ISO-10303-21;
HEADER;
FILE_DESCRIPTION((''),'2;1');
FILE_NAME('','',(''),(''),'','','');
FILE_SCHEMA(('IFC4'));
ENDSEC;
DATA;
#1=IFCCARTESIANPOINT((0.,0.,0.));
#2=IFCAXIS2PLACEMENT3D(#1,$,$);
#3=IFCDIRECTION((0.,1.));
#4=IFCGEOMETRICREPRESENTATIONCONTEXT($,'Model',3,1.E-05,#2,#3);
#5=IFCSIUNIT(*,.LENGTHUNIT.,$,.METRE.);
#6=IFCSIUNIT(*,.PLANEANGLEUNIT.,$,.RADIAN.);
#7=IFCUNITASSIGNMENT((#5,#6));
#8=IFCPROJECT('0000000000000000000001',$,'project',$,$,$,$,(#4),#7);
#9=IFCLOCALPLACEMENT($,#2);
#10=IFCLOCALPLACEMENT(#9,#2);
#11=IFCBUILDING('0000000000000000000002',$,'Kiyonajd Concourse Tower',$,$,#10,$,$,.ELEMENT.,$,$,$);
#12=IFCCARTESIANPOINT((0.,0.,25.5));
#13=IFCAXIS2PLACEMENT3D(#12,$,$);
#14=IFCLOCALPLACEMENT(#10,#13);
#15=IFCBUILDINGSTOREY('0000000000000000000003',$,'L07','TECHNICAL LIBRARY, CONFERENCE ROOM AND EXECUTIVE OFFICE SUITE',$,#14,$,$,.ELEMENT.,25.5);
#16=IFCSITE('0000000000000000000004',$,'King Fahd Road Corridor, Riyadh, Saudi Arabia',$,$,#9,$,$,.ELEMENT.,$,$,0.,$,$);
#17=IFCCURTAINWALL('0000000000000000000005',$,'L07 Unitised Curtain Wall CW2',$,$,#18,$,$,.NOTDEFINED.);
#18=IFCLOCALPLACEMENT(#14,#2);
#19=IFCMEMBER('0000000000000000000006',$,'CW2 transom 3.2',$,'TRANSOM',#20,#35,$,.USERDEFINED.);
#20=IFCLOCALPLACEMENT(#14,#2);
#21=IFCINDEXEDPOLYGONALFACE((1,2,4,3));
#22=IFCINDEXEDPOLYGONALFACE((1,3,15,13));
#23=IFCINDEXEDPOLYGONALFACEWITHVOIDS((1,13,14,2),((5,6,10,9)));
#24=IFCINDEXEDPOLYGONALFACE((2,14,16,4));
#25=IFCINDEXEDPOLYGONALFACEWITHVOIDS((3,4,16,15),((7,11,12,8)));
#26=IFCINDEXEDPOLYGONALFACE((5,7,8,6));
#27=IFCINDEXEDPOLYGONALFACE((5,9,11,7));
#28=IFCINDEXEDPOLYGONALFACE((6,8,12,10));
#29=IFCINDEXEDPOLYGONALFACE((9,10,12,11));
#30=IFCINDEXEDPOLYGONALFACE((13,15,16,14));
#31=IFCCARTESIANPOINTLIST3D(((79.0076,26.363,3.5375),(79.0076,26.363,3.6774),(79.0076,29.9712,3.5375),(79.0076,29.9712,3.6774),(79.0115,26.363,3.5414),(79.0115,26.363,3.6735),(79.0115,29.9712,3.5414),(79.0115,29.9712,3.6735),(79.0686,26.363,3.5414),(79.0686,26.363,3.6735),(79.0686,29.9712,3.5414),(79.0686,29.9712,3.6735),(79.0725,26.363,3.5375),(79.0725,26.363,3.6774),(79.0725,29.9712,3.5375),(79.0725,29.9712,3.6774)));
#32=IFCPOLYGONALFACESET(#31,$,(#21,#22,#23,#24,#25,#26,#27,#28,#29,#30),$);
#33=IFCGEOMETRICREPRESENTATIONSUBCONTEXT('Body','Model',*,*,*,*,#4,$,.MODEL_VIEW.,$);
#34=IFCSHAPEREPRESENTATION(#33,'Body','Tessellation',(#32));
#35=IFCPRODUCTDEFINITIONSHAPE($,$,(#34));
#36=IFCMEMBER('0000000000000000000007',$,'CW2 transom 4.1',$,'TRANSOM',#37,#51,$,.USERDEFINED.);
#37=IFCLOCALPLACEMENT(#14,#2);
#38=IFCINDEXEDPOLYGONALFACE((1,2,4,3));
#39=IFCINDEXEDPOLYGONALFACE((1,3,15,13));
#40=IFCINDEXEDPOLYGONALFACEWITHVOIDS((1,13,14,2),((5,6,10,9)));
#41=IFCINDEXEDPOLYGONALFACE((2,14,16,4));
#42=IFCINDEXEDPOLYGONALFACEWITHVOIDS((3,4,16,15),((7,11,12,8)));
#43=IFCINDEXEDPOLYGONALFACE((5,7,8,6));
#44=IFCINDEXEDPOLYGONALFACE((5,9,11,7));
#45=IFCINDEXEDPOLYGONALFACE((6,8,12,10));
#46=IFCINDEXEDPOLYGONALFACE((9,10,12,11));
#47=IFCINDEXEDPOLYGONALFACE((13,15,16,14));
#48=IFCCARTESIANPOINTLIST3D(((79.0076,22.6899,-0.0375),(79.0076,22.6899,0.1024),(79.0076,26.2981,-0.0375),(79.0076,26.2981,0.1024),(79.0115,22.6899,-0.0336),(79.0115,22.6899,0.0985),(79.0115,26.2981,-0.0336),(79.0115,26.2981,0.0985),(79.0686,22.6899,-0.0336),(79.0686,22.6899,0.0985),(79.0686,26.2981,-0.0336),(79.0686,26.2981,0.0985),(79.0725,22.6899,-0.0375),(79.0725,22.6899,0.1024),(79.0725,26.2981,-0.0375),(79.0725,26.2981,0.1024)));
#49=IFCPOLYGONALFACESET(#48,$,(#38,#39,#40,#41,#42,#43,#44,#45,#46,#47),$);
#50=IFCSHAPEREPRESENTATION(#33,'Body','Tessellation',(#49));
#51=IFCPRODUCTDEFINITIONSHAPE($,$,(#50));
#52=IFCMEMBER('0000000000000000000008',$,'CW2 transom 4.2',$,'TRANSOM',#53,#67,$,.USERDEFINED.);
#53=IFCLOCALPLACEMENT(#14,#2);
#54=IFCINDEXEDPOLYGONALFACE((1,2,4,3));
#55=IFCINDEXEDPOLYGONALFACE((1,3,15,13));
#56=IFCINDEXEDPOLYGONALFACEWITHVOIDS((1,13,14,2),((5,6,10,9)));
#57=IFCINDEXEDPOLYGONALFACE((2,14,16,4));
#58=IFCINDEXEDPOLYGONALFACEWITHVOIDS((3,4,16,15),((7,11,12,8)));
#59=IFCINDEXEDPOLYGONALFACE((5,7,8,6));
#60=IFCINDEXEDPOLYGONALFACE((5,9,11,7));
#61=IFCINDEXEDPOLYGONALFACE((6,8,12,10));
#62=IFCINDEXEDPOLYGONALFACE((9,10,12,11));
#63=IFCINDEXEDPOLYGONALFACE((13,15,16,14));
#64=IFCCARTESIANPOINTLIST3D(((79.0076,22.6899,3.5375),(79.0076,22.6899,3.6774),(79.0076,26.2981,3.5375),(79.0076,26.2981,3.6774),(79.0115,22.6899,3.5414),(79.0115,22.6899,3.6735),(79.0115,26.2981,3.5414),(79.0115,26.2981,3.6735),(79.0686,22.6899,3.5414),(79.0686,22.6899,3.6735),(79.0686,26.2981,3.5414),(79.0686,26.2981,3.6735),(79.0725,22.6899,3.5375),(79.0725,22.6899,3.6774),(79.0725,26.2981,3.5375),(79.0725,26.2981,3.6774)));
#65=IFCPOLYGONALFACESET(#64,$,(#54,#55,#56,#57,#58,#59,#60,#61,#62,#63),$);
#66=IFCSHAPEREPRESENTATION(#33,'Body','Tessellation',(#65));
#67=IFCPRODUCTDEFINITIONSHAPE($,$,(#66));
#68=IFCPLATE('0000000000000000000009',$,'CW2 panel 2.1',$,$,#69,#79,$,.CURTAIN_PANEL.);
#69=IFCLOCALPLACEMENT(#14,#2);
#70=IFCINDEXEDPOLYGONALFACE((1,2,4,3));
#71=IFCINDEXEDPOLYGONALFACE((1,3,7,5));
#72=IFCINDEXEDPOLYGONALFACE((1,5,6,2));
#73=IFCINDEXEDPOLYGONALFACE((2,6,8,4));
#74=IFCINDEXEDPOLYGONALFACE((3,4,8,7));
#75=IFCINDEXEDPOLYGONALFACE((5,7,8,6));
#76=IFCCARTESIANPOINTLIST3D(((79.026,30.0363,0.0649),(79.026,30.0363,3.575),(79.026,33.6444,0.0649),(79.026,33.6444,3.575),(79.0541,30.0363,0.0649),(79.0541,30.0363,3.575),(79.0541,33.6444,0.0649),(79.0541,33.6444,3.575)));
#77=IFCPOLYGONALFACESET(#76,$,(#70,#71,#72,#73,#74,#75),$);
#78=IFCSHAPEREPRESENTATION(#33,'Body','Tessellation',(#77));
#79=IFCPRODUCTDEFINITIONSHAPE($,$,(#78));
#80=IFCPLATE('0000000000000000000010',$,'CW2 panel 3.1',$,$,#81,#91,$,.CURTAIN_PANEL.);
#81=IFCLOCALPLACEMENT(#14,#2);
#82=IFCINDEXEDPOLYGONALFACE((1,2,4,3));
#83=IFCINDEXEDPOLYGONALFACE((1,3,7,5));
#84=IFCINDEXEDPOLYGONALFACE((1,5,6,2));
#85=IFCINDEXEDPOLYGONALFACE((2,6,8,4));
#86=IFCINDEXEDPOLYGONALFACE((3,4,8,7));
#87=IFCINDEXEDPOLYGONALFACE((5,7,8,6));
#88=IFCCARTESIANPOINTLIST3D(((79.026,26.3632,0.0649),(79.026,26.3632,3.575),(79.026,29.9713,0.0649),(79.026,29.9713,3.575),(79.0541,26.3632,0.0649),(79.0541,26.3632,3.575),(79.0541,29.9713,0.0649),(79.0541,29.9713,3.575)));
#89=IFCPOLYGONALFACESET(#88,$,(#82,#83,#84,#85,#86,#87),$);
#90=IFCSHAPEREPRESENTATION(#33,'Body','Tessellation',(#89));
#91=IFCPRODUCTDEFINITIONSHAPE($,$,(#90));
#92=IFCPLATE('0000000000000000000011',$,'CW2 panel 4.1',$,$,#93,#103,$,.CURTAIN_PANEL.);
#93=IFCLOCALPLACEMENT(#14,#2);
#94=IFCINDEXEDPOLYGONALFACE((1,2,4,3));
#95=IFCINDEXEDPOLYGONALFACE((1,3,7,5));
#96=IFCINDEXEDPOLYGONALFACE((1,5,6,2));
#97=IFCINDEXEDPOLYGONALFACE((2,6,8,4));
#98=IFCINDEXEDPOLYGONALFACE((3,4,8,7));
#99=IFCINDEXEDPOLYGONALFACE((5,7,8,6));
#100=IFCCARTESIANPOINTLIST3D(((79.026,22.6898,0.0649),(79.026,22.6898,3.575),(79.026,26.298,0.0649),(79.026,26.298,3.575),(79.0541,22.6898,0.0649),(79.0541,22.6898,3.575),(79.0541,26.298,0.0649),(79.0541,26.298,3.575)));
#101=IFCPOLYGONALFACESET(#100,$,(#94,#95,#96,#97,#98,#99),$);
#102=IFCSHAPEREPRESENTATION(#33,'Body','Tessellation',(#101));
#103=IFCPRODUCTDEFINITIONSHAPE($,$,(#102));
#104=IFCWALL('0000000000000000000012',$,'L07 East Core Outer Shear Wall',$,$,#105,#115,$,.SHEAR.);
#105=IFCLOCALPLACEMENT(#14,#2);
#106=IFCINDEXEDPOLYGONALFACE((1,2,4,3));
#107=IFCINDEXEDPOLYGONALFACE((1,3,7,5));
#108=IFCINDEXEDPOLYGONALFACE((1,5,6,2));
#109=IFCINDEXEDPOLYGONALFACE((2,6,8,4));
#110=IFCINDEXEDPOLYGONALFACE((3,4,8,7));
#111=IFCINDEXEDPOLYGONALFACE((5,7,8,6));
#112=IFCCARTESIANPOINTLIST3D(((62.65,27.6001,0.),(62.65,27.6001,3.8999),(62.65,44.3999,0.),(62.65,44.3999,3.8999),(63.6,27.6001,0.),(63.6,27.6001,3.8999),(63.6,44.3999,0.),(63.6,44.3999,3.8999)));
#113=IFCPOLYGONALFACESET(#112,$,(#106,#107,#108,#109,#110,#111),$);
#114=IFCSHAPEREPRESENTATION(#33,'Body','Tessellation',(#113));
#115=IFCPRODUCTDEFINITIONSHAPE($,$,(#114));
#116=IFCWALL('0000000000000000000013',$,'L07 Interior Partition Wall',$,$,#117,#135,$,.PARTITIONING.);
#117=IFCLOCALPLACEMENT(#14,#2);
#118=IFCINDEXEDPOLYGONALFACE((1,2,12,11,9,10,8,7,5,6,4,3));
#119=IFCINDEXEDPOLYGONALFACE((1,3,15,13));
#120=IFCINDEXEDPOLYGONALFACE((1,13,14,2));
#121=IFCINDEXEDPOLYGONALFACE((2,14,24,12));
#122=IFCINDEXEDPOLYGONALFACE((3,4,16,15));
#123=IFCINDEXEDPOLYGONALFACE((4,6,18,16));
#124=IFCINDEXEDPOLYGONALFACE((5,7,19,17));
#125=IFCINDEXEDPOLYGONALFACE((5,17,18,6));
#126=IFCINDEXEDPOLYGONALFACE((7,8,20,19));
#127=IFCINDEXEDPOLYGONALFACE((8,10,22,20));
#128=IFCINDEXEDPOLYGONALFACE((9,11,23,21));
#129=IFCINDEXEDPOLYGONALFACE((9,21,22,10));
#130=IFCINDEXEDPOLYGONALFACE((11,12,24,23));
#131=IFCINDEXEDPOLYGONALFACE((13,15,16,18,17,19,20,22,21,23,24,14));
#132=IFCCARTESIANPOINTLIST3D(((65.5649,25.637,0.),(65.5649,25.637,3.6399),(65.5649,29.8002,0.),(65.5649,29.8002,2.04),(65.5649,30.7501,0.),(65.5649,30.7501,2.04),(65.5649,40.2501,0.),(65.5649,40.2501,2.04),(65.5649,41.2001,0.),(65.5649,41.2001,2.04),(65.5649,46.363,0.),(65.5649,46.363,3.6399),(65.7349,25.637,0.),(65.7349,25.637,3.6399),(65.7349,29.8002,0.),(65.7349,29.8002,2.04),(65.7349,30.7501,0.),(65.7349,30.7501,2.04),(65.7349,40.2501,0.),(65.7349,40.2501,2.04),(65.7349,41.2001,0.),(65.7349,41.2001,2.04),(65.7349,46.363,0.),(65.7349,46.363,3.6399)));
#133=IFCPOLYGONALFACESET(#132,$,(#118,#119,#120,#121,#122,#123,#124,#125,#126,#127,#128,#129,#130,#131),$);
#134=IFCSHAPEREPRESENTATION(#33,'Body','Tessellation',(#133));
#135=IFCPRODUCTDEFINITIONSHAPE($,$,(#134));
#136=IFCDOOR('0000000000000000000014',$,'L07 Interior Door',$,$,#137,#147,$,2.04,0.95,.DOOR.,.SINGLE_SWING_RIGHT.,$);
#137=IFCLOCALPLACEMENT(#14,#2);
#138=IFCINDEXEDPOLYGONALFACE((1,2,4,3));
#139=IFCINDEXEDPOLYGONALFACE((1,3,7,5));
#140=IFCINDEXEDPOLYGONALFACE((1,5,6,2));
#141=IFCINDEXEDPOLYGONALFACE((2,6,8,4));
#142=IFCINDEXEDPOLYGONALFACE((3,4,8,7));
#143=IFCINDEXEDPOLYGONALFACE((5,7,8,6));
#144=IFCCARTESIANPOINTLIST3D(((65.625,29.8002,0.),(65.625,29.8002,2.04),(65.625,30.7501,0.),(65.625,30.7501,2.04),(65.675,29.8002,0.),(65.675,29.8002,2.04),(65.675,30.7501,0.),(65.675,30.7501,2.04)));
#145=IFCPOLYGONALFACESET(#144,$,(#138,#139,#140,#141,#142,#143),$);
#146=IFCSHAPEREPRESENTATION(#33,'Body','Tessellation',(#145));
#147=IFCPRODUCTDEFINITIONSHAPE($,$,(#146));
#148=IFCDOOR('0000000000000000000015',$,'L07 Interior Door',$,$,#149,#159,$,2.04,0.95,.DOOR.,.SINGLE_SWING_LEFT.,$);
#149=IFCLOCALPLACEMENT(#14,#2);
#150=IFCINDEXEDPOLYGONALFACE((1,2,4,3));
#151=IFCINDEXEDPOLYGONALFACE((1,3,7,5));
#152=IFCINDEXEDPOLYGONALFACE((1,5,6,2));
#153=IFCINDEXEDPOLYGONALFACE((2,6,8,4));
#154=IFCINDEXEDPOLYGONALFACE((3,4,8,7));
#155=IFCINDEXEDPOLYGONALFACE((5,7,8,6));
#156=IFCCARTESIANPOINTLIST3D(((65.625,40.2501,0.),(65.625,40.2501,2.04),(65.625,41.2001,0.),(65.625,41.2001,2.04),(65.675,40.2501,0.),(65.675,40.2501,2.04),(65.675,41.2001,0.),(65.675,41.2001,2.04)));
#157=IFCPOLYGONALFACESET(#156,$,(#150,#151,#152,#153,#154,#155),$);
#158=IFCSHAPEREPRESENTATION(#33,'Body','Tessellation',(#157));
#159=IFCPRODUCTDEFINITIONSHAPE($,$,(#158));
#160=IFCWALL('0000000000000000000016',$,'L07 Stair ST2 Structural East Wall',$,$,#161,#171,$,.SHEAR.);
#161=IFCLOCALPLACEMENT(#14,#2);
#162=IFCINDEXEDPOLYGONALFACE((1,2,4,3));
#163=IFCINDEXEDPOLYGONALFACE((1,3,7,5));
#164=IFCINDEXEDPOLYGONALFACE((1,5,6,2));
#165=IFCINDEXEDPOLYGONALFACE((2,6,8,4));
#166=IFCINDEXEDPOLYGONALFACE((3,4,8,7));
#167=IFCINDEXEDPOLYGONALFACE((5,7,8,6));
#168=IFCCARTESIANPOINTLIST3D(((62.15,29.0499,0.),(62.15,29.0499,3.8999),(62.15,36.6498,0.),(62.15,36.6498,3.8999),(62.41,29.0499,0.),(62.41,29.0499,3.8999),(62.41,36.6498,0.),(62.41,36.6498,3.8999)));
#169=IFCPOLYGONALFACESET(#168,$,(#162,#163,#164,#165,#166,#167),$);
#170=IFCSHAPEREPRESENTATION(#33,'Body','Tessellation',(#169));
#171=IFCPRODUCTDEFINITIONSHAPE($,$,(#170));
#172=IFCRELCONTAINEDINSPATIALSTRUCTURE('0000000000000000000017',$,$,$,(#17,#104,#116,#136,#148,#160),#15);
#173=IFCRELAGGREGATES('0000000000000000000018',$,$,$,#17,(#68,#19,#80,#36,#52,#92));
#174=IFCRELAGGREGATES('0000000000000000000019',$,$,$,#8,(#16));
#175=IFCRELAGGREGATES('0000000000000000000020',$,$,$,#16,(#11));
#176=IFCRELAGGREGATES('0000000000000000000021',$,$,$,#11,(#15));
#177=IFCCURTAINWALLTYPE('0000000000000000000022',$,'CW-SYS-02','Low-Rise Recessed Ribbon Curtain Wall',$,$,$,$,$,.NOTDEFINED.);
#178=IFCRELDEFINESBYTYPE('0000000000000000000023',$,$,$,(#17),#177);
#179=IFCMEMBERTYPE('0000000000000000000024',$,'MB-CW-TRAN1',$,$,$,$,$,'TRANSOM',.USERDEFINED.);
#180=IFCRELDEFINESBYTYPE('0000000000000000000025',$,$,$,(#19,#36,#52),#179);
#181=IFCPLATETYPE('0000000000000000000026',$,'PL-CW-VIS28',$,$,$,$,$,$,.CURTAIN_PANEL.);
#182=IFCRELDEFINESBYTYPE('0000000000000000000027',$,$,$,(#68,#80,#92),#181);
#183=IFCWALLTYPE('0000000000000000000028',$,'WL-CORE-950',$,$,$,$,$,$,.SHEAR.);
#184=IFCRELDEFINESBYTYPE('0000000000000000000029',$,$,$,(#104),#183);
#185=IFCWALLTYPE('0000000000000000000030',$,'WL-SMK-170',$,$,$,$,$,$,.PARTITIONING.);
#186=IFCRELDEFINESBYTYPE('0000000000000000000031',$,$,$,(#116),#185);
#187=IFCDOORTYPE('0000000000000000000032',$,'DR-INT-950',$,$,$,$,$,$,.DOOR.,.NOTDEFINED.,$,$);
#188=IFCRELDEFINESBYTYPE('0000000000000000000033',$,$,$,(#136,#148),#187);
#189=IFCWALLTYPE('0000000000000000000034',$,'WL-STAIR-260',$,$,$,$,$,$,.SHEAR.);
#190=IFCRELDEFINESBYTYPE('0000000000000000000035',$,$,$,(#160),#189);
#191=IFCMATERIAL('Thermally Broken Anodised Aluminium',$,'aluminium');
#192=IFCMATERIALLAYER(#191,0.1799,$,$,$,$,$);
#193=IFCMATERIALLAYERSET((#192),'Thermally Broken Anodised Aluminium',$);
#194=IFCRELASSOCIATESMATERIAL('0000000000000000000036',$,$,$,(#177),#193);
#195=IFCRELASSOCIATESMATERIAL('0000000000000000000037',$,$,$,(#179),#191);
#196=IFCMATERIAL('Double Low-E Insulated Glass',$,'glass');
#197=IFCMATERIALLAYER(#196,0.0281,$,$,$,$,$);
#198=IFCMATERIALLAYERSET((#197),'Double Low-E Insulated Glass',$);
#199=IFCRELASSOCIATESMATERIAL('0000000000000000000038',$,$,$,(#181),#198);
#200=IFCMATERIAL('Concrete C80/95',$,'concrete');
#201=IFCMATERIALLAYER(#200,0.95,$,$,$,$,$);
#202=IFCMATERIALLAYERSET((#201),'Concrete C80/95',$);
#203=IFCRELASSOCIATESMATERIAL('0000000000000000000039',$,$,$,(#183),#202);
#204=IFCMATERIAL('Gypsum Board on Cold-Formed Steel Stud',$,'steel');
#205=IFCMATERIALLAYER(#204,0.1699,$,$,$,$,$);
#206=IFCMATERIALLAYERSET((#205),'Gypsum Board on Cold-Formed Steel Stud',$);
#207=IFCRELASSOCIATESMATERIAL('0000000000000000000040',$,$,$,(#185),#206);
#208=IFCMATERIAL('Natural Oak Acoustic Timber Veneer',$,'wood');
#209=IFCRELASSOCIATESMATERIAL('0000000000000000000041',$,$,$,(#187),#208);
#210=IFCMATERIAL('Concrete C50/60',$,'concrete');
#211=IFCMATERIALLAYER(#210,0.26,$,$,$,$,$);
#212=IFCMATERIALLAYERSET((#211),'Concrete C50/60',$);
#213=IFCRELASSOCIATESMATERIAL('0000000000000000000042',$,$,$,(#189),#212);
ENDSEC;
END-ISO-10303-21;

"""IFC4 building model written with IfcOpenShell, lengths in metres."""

from ifc_helpers import new_model, si_unit, direction, frame, frame_2d, origin, origin_2d, place, context, subcontext, project, spatial, rectangle, hollow_rectangle, extrude, material, layer, layer_set, material_profile, profile_set, type_object, element, fill, aggregate, save


model = new_model("IFC4")

# Units and contexts
model_context = context("Model", 3, precision=1e-05, world=origin(), true_north=direction((0.0, 1.0)))
body_context = subcontext(model_context, "Body", "Model", "MODEL_VIEW")
ifc_project = project(units=[si_unit("LENGTHUNIT", "METRE"), si_unit("PLANEANGLEUNIT", "RADIAN")], contexts=[model_context])

# Site, building, storey
site_placement = place(None, origin())
site = spatial("IfcSite", under=ifc_project, at=site_placement, Name="King Fahd Road Corridor, Riyadh, Saudi Arabia", CompositionType="ELEMENT", RefElevation=0.0)
building_placement = place(site_placement, origin())
building = spatial("IfcBuilding", under=site, at=building_placement, Name="Kiyonajd Concourse Tower", CompositionType="ELEMENT")
storey_placement = place(building_placement, frame((0.0, 0.0, 25.5)))
storey = spatial("IfcBuildingStorey", under=building, at=storey_placement, Name="L07", Description="TECHNICAL LIBRARY, CONFERENCE ROOM AND EXECUTIVE OFFICE SUITE", CompositionType="ELEMENT", Elevation=25.5)

# Shared definitions
ifc_material_1 = material(Name="Concrete C80/95", Category="concrete")

# Curtain wall, members, plates
ifc_material_2 = material(Name="Thermally Broken Anodised Aluminium", Category="aluminium")
ifc_layer_1 = layer(ifc_material_2, 0.1799)
ifc_layer_set_1 = layer_set([ifc_layer_1], Name="Thermally Broken Anodised Aluminium")
curtain_wall_type = type_object("IfcCurtainWallType", Name="CW-SYS-02", Description="Low-Rise Recessed Ribbon Curtain Wall", PredefinedType="NOTDEFINED", material=ifc_layer_set_1)
curtain_wall_placement = place(storey_placement, origin())
curtain_wall = element("IfcCurtainWall", 1, at=curtain_wall_placement, inside=storey, type_object=curtain_wall_type, Name="L07 Unitised Curtain Wall CW2", PredefinedType="NOTDEFINED")
ifc_material_profile_1 = material_profile(ifc_material_2, hollow_rectangle(XDim=0.0649, YDim=0.1399, WallThickness=0.0039, at=origin_2d()), Name="TRAN-65x140")
ifc_profile_set_1 = profile_set([ifc_material_profile_1], Name="Thermally Broken Anodised Aluminium")
member_type_1 = type_object("IfcMemberType", Name="MB-CW-TRAN1", ElementType="TRANSOM", PredefinedType="USERDEFINED", material=ifc_profile_set_1)
member_1_placement = place(storey_placement, frame((79.04, 29.9712, 3.6074), z_axis=(0.0, -1.0, 0.0), x_axis=(1.0, 0.0, 0.0)))
member_1 = element("IfcMember", 2, at=member_1_placement, type_object=member_type_1, Name="CW2 transom 3.2", ObjectType="TRANSOM", PredefinedType="USERDEFINED", context=body_context, shape_type="SweptSolid", body=[
    extrude(hollow_rectangle(XDim=0.0649, YDim=0.1399, WallThickness=0.0039, at=origin_2d()), origin(), (0.0, 0.0, 1.0), 3.6082),
])
member_2_placement = place(storey_placement, frame((79.04, 26.2981, 0.0325), z_axis=(0.0, -1.0, 0.0), x_axis=(1.0, 0.0, 0.0)))
member_2 = element("IfcMember", 3, at=member_2_placement, type_object=member_type_1, Name="CW2 transom 4.1", ObjectType="TRANSOM", PredefinedType="USERDEFINED", context=body_context, shape_type="SweptSolid", body=[
    extrude(hollow_rectangle(XDim=0.0649, YDim=0.1399, WallThickness=0.0039, at=origin_2d()), origin(), (0.0, 0.0, 1.0), 3.6082),
])
member_3_placement = place(storey_placement, frame((79.04, 26.2981, 3.6074), z_axis=(0.0, -1.0, 0.0), x_axis=(1.0, 0.0, 0.0)))
member_3 = element("IfcMember", 4, at=member_3_placement, type_object=member_type_1, Name="CW2 transom 4.2", ObjectType="TRANSOM", PredefinedType="USERDEFINED", context=body_context, shape_type="SweptSolid", body=[
    extrude(hollow_rectangle(XDim=0.0649, YDim=0.1399, WallThickness=0.0039, at=origin_2d()), origin(), (0.0, 0.0, 1.0), 3.6082),
])
ifc_material_3 = material(Name="Double Low-E Insulated Glass", Category="glass")
ifc_layer_2 = layer(ifc_material_3, 0.0281)
ifc_layer_set_2 = layer_set([ifc_layer_2], Name="Double Low-E Insulated Glass")
plate_type = type_object("IfcPlateType", Name="PL-CW-VIS28", PredefinedType="CURTAIN_PANEL", material=ifc_layer_set_2)
plate_1_placement = place(storey_placement, frame((79.04, 31.8403, 0.0649), z_axis=(0.0, 0.0, 1.0), x_axis=(0.0, -1.0, 0.0)))
plate_1 = element("IfcPlate", 5, at=plate_1_placement, type_object=plate_type, Name="CW2 panel 2.1", PredefinedType="CURTAIN_PANEL", context=body_context, shape_type="SweptSolid", body=[
    extrude(rectangle(XDim=3.6082, YDim=0.0281, at=origin_2d()), origin(), (0.0, 0.0, 1.0), 3.51),
])
plate_2_placement = place(storey_placement, frame((79.04, 28.1672, 0.0649), z_axis=(0.0, 0.0, 1.0), x_axis=(0.0, -1.0, 0.0)))
plate_2 = element("IfcPlate", 6, at=plate_2_placement, type_object=plate_type, Name="CW2 panel 3.1", PredefinedType="CURTAIN_PANEL", context=body_context, shape_type="SweptSolid", body=[
    extrude(rectangle(XDim=3.6082, YDim=0.0281, at=origin_2d()), origin(), (0.0, 0.0, 1.0), 3.51),
])
plate_3_placement = place(storey_placement, frame((79.04, 24.4939, 0.0649), z_axis=(0.0, 0.0, 1.0), x_axis=(0.0, -1.0, 0.0)))
plate_3 = element("IfcPlate", 7, at=plate_3_placement, type_object=plate_type, Name="CW2 panel 4.1", PredefinedType="CURTAIN_PANEL", context=body_context, shape_type="SweptSolid", body=[
    extrude(rectangle(XDim=3.6082, YDim=0.0281, at=origin_2d()), origin(), (0.0, 0.0, 1.0), 3.51),
])
aggregate(curtain_wall, [plate_1, member_1, plate_2, member_2, member_3, plate_3])

# Wall
ifc_layer_3 = layer(ifc_material_1, 0.95)
ifc_layer_set_3 = layer_set([ifc_layer_3], Name="Concrete C80/95")
wall_type_1 = type_object("IfcWallType", Name="WL-CORE-950", PredefinedType="SHEAR", material=ifc_layer_set_3)
wall_1_placement = place(storey_placement, frame((63.125, 27.6001, 0.0), z_axis=(0.0, 0.0, 1.0), x_axis=(0.0, 1.0, 0.0)))
element("IfcWall", 8, at=wall_1_placement, inside=storey, type_object=wall_type_1, Name="L07 East Core Outer Shear Wall", PredefinedType="SHEAR", context=body_context, shape_type="SweptSolid", body=[
    extrude(rectangle(XDim=16.7998, YDim=0.95, at=frame_2d((8.3999, 0.0))), origin(), (0.0, 0.0, 1.0), 3.8999),
])

# Wall, openings, doors
ifc_material_4 = material(Name="Gypsum Board on Cold-Formed Steel Stud", Category="steel")
ifc_layer_4 = layer(ifc_material_4, 0.1699)
ifc_layer_set_4 = layer_set([ifc_layer_4], Name="Gypsum Board on Cold-Formed Steel Stud")
wall_type_2 = type_object("IfcWallType", Name="WL-SMK-170", PredefinedType="PARTITIONING", material=ifc_layer_set_4)
wall_2_placement = place(storey_placement, frame((65.6499, 25.637, 0.0), z_axis=(0.0, 0.0, 1.0), x_axis=(0.0, 1.0, 0.0)))
wall_2 = element("IfcWall", 9, at=wall_2_placement, inside=storey, type_object=wall_type_2, Name="L07 Interior Partition Wall", PredefinedType="PARTITIONING", context=body_context, shape_type="SweptSolid", body=[
    extrude(rectangle(XDim=20.7261, YDim=0.1699, at=frame_2d((10.363, 0.0))), origin(), (0.0, 0.0, 1.0), 3.6399),
])
opening_1_placement = place(wall_2_placement, frame((4.1631, 0.0, 0.0)))
opening_1 = element("IfcOpeningElement", 10, at=opening_1_placement, cuts=wall_2, PredefinedType="OPENING", context=body_context, shape_type="SweptSolid", body=[
    extrude(rectangle(XDim=0.95, YDim=2.04, at=frame_2d((0.4751, 1.02))), frame((0.0, 0.095, 0.0), z_axis=(0.0, -1.0, 0.0), x_axis=(1.0, 0.0, 0.0)), (0.0, 0.0, 1.0), 0.1899),
])
opening_2_placement = place(wall_2_placement, frame((14.613, 0.0, 0.0)))
opening_2 = element("IfcOpeningElement", 11, at=opening_2_placement, cuts=wall_2, PredefinedType="OPENING", context=body_context, shape_type="SweptSolid", body=[
    extrude(rectangle(XDim=0.95, YDim=2.04, at=frame_2d((0.4751, 1.02))), frame((0.0, 0.095, 0.0), z_axis=(0.0, -1.0, 0.0), x_axis=(1.0, 0.0, 0.0)), (0.0, 0.0, 1.0), 0.1899),
])
ifc_material_5 = material(Name="Natural Oak Acoustic Timber Veneer", Category="wood")
door_type = type_object("IfcDoorType", Name="DR-INT-950", OperationType="NOTDEFINED", PredefinedType="DOOR", material=ifc_material_5)
door_1_placement = place(opening_1_placement, origin())
door_1 = element("IfcDoor", 12, at=door_1_placement, inside=storey, type_object=door_type, Name="L07 Interior Door", OperationType="SINGLE_SWING_RIGHT", OverallHeight=2.04, OverallWidth=0.95, PredefinedType="DOOR", context=body_context, shape_type="SweptSolid", body=[
    extrude(rectangle(XDim=0.95, YDim=2.04, at=frame_2d((0.4751, 1.02))), frame((0.0, 0.0249, 0.0), z_axis=(0.0, -1.0, 0.0), x_axis=(1.0, 0.0, 0.0)), (0.0, 0.0, 1.0), 0.05),
])
fill(opening_1, door_1)
door_2_placement = place(opening_2_placement, origin())
door_2 = element("IfcDoor", 13, at=door_2_placement, inside=storey, type_object=door_type, Name="L07 Interior Door", OperationType="SINGLE_SWING_LEFT", OverallHeight=2.04, OverallWidth=0.95, PredefinedType="DOOR", context=body_context, shape_type="SweptSolid", body=[
    extrude(rectangle(XDim=0.95, YDim=2.04, at=frame_2d((0.4751, 1.02))), frame((0.0, 0.0249, 0.0), z_axis=(0.0, -1.0, 0.0), x_axis=(1.0, 0.0, 0.0)), (0.0, 0.0, 1.0), 0.05),
])
fill(opening_2, door_2)

# Wall
ifc_material_6 = material(Name="Concrete C50/60", Category="concrete")
ifc_layer_5 = layer(ifc_material_6, 0.26)
ifc_layer_set_5 = layer_set([ifc_layer_5], Name="Concrete C50/60")
wall_type_3 = type_object("IfcWallType", Name="WL-STAIR-260", PredefinedType="SHEAR", material=ifc_layer_set_5)
wall_3_placement = place(storey_placement, frame((62.28, 29.05, 0.0), z_axis=(0.0, 0.0, 1.0), x_axis=(0.0, 1.0, 0.0)))
element("IfcWall", 14, at=wall_3_placement, inside=storey, type_object=wall_type_3, Name="L07 Stair ST2 Structural East Wall", PredefinedType="SHEAR", context=body_context, shape_type="SweptSolid", body=[
    extrude(rectangle(XDim=7.5999, YDim=0.26, at=frame_2d((3.7998, 0.0))), origin(), (0.0, 0.0, 1.0), 3.8999),
])

save(model, "model.ifc")
